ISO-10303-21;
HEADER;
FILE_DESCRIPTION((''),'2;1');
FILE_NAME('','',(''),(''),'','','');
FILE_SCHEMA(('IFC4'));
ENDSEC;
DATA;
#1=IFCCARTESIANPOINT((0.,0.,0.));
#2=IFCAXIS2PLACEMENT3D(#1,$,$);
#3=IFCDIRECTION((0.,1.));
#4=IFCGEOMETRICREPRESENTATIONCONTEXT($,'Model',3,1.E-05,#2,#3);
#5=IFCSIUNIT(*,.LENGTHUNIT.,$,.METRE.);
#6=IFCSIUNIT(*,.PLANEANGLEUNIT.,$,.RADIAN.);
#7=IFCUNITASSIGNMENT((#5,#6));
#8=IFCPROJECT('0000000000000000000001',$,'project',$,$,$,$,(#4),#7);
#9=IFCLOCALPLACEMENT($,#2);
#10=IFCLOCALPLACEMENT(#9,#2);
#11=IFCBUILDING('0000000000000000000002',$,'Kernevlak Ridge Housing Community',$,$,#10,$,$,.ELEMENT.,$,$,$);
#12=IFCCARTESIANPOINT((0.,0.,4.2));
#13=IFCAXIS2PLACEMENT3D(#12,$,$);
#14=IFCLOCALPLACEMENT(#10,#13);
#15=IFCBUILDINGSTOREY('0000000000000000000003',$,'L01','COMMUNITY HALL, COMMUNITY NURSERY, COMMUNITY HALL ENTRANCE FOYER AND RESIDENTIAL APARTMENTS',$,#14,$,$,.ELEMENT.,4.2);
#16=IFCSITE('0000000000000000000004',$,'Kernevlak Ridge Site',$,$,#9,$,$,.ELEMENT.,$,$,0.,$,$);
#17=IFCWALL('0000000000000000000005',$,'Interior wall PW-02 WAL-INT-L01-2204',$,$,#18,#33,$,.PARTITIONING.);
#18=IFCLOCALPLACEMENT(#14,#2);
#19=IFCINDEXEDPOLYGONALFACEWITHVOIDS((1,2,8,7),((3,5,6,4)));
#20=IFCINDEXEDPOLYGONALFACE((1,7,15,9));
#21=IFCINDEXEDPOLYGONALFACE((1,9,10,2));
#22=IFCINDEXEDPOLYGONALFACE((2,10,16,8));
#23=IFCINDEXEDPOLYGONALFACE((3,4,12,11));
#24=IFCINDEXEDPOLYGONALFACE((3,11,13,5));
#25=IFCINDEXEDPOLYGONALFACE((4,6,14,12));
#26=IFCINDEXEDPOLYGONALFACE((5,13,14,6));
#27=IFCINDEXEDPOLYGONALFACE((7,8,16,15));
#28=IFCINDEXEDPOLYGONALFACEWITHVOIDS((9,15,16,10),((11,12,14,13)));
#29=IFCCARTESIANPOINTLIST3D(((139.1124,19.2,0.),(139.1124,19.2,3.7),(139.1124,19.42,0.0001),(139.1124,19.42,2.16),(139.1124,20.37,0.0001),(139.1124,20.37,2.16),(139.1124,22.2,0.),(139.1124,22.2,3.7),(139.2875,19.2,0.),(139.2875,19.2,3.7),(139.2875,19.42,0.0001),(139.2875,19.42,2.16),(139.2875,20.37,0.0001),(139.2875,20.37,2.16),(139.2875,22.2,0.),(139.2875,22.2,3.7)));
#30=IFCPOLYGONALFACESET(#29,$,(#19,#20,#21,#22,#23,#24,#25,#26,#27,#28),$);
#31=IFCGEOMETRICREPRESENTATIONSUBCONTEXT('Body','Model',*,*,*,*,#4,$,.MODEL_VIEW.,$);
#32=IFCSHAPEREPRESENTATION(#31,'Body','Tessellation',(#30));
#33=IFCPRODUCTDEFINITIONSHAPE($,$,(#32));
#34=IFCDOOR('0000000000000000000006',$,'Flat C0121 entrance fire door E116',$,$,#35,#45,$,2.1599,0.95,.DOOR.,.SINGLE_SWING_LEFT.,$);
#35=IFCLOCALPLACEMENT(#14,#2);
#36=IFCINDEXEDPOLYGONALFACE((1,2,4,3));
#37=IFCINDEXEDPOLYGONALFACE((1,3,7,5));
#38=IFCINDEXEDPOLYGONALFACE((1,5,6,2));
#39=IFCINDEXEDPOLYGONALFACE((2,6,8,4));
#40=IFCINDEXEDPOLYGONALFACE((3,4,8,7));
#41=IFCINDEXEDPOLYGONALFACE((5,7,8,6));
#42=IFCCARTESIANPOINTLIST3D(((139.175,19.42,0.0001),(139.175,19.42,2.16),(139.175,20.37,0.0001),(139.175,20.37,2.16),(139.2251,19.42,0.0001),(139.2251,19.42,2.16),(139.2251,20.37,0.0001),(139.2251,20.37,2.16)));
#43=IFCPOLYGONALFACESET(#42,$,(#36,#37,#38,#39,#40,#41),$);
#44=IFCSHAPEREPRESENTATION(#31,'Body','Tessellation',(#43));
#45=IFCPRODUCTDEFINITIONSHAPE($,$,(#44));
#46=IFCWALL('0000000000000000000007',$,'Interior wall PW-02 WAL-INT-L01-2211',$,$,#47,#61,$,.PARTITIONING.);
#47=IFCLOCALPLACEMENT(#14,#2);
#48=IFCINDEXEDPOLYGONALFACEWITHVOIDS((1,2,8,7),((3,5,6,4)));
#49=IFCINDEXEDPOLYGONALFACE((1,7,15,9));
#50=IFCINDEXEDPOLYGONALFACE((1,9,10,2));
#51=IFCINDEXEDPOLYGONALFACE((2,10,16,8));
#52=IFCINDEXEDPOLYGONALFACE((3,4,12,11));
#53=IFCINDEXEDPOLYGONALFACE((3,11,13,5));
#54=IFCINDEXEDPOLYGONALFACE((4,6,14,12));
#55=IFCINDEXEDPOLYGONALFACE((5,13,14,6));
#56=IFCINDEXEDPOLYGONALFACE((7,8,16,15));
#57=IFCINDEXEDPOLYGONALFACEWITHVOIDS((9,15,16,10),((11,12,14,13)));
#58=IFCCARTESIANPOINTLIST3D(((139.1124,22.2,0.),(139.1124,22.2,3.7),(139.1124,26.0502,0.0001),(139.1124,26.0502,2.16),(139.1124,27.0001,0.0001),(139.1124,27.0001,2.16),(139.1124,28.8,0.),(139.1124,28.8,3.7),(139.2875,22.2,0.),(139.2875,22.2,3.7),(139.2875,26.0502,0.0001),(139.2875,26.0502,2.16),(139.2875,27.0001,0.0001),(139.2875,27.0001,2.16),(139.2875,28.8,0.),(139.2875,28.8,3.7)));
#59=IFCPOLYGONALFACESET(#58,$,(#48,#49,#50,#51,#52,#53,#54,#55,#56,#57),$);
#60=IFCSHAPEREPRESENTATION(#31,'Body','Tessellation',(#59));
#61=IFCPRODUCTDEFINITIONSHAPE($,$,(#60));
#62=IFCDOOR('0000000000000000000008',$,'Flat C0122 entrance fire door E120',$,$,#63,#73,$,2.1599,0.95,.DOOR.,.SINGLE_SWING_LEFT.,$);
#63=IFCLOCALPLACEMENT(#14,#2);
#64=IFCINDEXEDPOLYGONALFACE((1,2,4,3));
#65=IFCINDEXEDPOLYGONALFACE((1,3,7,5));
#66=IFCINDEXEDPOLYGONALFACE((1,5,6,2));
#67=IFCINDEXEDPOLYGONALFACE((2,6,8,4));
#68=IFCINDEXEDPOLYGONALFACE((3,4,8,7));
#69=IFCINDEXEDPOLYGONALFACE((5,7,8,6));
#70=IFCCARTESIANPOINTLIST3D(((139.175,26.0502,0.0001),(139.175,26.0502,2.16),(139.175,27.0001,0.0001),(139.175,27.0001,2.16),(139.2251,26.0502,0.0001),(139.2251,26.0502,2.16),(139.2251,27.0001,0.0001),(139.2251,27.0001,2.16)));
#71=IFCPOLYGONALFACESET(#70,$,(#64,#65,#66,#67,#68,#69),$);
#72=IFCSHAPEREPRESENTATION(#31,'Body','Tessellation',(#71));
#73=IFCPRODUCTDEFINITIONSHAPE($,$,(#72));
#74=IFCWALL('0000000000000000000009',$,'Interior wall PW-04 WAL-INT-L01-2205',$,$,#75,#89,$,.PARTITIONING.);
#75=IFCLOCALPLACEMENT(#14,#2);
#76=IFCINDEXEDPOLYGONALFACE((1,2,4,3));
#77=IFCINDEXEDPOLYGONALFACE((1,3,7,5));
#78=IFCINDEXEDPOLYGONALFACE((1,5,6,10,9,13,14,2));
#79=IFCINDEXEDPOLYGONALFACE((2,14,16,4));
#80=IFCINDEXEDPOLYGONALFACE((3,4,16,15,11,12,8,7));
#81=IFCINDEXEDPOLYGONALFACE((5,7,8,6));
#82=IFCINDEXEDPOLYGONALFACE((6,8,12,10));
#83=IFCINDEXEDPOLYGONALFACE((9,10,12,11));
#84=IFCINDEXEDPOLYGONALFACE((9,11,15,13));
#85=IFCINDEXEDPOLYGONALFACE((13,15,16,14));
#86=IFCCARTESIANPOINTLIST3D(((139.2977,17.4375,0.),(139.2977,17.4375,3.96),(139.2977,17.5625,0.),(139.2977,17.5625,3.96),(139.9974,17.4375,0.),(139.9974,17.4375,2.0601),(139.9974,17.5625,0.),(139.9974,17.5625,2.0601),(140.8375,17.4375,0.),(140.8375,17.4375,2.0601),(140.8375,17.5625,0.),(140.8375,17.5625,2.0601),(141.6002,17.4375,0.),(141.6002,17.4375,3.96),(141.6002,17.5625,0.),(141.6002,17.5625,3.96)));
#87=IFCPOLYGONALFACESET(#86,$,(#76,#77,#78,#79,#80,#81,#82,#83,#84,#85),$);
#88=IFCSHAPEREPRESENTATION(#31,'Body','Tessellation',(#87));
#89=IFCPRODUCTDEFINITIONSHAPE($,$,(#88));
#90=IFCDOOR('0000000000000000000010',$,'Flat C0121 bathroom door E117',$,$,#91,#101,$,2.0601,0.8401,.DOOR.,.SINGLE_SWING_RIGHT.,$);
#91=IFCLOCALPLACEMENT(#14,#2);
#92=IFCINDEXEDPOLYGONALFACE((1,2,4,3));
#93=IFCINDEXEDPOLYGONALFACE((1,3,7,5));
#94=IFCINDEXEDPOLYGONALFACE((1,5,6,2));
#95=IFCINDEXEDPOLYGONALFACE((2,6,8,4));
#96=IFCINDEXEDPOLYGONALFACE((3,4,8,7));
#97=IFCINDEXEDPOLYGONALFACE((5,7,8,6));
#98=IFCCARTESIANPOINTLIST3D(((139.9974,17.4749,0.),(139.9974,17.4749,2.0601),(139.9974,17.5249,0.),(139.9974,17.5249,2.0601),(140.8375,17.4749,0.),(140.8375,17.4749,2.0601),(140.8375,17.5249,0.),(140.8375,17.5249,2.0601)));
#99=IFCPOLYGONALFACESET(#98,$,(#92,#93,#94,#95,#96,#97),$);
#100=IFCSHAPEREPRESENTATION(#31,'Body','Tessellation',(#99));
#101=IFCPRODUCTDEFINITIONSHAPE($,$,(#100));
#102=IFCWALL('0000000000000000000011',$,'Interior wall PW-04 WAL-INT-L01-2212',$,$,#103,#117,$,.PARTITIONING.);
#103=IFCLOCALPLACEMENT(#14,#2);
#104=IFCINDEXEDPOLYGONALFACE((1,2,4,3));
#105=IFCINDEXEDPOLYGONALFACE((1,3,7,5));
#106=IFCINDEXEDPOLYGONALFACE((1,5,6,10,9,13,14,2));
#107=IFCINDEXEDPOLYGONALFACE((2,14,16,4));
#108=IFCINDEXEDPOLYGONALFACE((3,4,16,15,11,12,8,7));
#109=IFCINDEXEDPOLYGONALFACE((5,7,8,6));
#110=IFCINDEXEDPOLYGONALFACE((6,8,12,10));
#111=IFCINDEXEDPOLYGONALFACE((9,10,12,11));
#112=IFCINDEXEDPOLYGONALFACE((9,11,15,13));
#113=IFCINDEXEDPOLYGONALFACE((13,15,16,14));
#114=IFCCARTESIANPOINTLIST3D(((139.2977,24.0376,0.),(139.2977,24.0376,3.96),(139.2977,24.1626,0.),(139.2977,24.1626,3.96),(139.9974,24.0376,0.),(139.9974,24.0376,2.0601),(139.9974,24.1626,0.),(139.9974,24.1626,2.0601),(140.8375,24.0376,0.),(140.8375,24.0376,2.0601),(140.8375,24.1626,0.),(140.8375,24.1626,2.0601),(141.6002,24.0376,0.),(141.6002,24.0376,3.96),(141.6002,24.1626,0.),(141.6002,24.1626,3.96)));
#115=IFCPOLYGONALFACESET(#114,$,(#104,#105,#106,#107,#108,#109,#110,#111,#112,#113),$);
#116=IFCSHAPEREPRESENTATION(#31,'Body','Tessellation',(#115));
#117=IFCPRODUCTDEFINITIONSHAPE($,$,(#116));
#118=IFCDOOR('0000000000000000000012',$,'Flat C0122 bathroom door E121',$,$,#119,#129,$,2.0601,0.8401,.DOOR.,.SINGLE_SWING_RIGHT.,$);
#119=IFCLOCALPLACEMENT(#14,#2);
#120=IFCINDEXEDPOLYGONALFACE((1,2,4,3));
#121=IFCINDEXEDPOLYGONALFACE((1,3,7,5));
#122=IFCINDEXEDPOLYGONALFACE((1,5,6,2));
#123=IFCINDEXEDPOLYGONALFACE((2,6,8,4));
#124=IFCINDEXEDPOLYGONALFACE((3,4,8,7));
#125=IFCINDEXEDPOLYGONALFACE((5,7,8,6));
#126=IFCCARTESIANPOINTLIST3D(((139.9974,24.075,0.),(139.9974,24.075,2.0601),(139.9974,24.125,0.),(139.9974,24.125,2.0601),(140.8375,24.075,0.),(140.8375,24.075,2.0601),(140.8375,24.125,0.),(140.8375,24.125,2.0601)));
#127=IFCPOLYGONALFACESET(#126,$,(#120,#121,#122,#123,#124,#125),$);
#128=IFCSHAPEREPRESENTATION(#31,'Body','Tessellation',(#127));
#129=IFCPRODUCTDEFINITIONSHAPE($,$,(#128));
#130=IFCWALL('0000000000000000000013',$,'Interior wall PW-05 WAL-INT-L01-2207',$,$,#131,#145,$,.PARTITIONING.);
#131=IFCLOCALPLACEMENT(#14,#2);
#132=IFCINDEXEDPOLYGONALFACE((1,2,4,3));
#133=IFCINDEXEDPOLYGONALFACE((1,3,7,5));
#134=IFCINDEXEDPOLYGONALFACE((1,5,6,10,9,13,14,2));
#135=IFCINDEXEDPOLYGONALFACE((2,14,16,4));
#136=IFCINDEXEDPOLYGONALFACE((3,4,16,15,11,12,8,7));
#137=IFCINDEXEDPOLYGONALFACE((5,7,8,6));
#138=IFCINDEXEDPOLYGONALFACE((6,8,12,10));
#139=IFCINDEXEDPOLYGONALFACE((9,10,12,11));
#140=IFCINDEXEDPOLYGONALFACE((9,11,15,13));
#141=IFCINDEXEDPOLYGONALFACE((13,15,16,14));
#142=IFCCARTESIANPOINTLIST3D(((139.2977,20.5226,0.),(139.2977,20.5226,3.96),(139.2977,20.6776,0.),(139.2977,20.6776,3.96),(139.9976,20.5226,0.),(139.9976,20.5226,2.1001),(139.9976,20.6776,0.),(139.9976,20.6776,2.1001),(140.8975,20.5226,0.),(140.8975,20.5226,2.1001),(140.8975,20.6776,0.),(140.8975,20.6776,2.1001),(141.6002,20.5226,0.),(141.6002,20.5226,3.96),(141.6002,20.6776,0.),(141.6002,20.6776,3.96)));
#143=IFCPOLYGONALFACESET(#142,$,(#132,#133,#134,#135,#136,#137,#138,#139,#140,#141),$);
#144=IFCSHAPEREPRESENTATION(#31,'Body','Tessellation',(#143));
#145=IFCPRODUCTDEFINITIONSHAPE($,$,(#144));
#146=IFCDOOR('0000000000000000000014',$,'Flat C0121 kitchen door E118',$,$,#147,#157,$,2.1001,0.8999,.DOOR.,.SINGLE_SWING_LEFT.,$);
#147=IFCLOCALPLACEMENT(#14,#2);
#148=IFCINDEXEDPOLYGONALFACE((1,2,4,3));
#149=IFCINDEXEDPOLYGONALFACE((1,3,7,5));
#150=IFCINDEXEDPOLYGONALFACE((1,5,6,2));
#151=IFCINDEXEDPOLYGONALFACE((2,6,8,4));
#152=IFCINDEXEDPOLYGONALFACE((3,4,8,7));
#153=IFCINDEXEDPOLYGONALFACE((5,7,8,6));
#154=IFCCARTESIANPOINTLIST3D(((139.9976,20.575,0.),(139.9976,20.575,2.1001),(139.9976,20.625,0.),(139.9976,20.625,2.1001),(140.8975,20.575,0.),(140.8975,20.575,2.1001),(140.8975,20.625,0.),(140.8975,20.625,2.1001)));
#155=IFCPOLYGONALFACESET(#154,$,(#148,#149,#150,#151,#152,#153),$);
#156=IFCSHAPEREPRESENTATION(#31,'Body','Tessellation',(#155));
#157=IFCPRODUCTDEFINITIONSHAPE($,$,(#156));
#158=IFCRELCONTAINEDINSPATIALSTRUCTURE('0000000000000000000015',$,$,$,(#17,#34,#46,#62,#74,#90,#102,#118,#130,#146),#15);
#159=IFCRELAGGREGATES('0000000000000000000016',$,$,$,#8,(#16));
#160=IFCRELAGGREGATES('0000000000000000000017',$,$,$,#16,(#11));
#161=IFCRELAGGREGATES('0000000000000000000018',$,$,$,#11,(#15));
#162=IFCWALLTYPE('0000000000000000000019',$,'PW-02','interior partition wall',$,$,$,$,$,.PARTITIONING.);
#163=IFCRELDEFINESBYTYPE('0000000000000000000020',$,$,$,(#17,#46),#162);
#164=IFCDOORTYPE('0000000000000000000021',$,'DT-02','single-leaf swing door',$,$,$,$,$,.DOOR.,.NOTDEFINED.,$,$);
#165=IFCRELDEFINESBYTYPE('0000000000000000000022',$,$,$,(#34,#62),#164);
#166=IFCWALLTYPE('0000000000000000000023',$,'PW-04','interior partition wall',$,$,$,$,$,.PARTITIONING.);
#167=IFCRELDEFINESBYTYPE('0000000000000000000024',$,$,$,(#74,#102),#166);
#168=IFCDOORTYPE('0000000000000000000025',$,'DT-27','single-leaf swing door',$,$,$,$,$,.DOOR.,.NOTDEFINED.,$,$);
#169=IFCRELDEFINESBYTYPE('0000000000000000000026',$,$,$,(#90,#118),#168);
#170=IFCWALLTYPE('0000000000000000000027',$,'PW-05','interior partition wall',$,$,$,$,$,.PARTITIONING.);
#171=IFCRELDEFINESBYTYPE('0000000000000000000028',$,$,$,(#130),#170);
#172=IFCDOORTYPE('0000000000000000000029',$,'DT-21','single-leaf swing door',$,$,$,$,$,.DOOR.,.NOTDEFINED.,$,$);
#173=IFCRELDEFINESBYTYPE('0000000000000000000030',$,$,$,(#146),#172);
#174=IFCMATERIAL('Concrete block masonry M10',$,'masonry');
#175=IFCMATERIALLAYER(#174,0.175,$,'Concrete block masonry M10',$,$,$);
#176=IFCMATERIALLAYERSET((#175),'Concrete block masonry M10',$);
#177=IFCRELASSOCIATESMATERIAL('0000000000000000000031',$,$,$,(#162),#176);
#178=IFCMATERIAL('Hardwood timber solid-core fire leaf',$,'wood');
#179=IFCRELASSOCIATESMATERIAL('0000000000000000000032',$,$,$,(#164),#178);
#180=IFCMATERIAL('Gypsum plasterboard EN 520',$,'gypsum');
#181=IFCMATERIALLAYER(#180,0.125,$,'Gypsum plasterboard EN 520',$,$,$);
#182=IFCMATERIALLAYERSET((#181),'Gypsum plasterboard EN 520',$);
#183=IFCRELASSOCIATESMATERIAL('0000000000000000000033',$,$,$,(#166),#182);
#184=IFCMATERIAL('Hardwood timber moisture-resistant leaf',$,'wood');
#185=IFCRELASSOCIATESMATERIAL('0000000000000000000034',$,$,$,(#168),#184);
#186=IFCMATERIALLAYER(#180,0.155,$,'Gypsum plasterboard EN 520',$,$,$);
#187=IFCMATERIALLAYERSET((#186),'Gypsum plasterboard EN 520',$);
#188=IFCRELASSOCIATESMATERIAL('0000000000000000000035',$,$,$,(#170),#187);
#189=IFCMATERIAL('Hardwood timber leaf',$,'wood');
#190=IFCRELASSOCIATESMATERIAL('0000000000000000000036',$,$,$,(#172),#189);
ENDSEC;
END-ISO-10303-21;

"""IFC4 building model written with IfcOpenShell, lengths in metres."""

from ifc_helpers import new_model, si_unit, direction, frame, frame_2d, origin, place, context, subcontext, project, spatial, rectangle, extrude, material, layer, layer_set, type_object, element, fill, save


model = new_model("IFC4")

# Units and contexts
model_context = context("Model", 3, precision=1e-05, world=origin(), true_north=direction((0.0, 1.0)))
body_context = subcontext(model_context, "Body", "Model", "MODEL_VIEW")
ifc_project = project(units=[si_unit("LENGTHUNIT", "METRE"), si_unit("PLANEANGLEUNIT", "RADIAN")], contexts=[model_context])

# Site, building, storey
site_placement = place(None, origin())
site = spatial("IfcSite", under=ifc_project, at=site_placement, Name="Kernevlak Ridge Site", CompositionType="ELEMENT", RefElevation=0.0)
building_placement = place(site_placement, origin())
building = spatial("IfcBuilding", under=site, at=building_placement, Name="Kernevlak Ridge Housing Community", CompositionType="ELEMENT")
storey_placement = place(building_placement, frame((0.0, 0.0, 4.2)))
storey = spatial("IfcBuildingStorey", under=building, at=storey_placement, Name="L01", Description="COMMUNITY HALL, COMMUNITY NURSERY, COMMUNITY HALL ENTRANCE FOYER AND RESIDENTIAL APARTMENTS", CompositionType="ELEMENT", Elevation=4.2)

# Shared definitions
ifc_material_1 = material(Name="Concrete block masonry M10", Category="masonry")
ifc_layer_1 = layer(ifc_material_1, 0.175, Name="Concrete block masonry M10")
ifc_layer_set_1 = layer_set([ifc_layer_1], Name="Concrete block masonry M10")
wall_type_1 = type_object("IfcWallType", Name="PW-02", Description="interior partition wall", PredefinedType="PARTITIONING", material=ifc_layer_set_1)

# Walls, openings, doors
wall_1_placement = place(storey_placement, frame((139.2, 19.2, 0.0), z_axis=(0.0, 0.0, 1.0), x_axis=(0.0, 1.0, 0.0)))
wall_1 = element("IfcWall", 1, at=wall_1_placement, inside=storey, type_object=wall_type_1, Name="Interior wall PW-02 WAL-INT-L01-2204", PredefinedType="PARTITIONING", context=body_context, shape_type="SweptSolid", body=[
    extrude(rectangle(XDim=3.0, YDim=0.175, at=frame_2d((1.5, 0.0))), origin(), (0.0, 0.0, 1.0), 3.7),
])
opening_1_placement = place(wall_1_placement, frame((0.22, 0.0, 0.0)))
opening_1 = element("IfcOpeningElement", 2, at=opening_1_placement, cuts=wall_1, PredefinedType="OPENING", context=body_context, shape_type="SweptSolid", body=[
    extrude(rectangle(XDim=0.95, YDim=2.1599, at=frame_2d((0.4751, 1.0801))), frame((0.0, 0.0974, 0.0), z_axis=(0.0, -1.0, 0.0), x_axis=(1.0, 0.0, 0.0)), (0.0, 0.0, 1.0), 0.1951),
])
ifc_material_2 = material(Name="Hardwood timber solid-core fire leaf", Category="wood")
door_type_1 = type_object("IfcDoorType", Name="DT-02", Description="single-leaf swing door", OperationType="NOTDEFINED", PredefinedType="DOOR", material=ifc_material_2)
door_1_placement = place(opening_1_placement, origin())
door_1 = element("IfcDoor", 3, at=door_1_placement, inside=storey, type_object=door_type_1, Name="Flat C0121 entrance fire door E116", OperationType="SINGLE_SWING_LEFT", OverallHeight=2.1599, OverallWidth=0.95, PredefinedType="DOOR", context=body_context, shape_type="SweptSolid", body=[
    extrude(rectangle(XDim=0.95, YDim=2.1599, at=frame_2d((0.4751, 1.0801))), frame((0.0, 0.0249, 0.0), z_axis=(0.0, -1.0, 0.0), x_axis=(1.0, 0.0, 0.0)), (0.0, 0.0, 1.0), 0.05),
])
fill(opening_1, door_1)
wall_2_placement = place(storey_placement, frame((139.2, 22.2, 0.0), z_axis=(0.0, 0.0, 1.0), x_axis=(0.0, 1.0, 0.0)))
wall_2 = element("IfcWall", 4, at=wall_2_placement, inside=storey, type_object=wall_type_1, Name="Interior wall PW-02 WAL-INT-L01-2211", PredefinedType="PARTITIONING", context=body_context, shape_type="SweptSolid", body=[
    extrude(rectangle(XDim=6.6001, YDim=0.175, at=frame_2d((3.3, 0.0))), origin(), (0.0, 0.0, 1.0), 3.7),
])
opening_2_placement = place(wall_2_placement, frame((3.8501, 0.0, 0.0)))
opening_2 = element("IfcOpeningElement", 5, at=opening_2_placement, cuts=wall_2, PredefinedType="OPENING", context=body_context, shape_type="SweptSolid", body=[
    extrude(rectangle(XDim=0.95, YDim=2.1599, at=frame_2d((0.4751, 1.0801))), frame((0.0, 0.0974, 0.0), z_axis=(0.0, -1.0, 0.0), x_axis=(1.0, 0.0, 0.0)), (0.0, 0.0, 1.0), 0.1951),
])
door_2_placement = place(opening_2_placement, origin())
door_2 = element("IfcDoor", 6, at=door_2_placement, inside=storey, type_object=door_type_1, Name="Flat C0122 entrance fire door E120", OperationType="SINGLE_SWING_LEFT", OverallHeight=2.1599, OverallWidth=0.95, PredefinedType="DOOR", context=body_context, shape_type="SweptSolid", body=[
    extrude(rectangle(XDim=0.95, YDim=2.1599, at=frame_2d((0.4751, 1.0801))), frame((0.0, 0.0249, 0.0), z_axis=(0.0, -1.0, 0.0), x_axis=(1.0, 0.0, 0.0)), (0.0, 0.0, 1.0), 0.05),
])
fill(opening_2, door_2)
ifc_material_3 = material(Name="Gypsum plasterboard EN 520", Category="gypsum")
ifc_layer_2 = layer(ifc_material_3, 0.125, Name="Gypsum plasterboard EN 520")
ifc_layer_set_2 = layer_set([ifc_layer_2], Name="Gypsum plasterboard EN 520")
wall_type_2 = type_object("IfcWallType", Name="PW-04", Description="interior partition wall", PredefinedType="PARTITIONING", material=ifc_layer_set_2)
wall_3_placement = place(storey_placement, frame((139.2976, 17.5, 0.0), z_axis=(0.0, 0.0, 1.0), x_axis=(1.0, 0.0, 0.0)))
wall_3 = element("IfcWall", 7, at=wall_3_placement, inside=storey, type_object=wall_type_2, Name="Interior wall PW-04 WAL-INT-L01-2205", PredefinedType="PARTITIONING", context=body_context, shape_type="SweptSolid", body=[
    extrude(rectangle(XDim=2.3025, YDim=0.125, at=frame_2d((1.1514, 0.0))), origin(), (0.0, 0.0, 1.0), 3.96),
])
opening_3_placement = place(wall_3_placement, frame((0.7, 0.0, 0.0)))
opening_3 = element("IfcOpeningElement", 8, at=opening_3_placement, cuts=wall_3, PredefinedType="OPENING", context=body_context, shape_type="SweptSolid", body=[
    extrude(rectangle(XDim=0.8401, YDim=2.0601, at=frame_2d((0.4199, 1.03))), frame((0.0, 0.0725, 0.0), z_axis=(0.0, -1.0, 0.0), x_axis=(1.0, 0.0, 0.0)), (0.0, 0.0, 1.0), 0.145),
])
ifc_material_4 = material(Name="Hardwood timber moisture-resistant leaf", Category="wood")
door_type_2 = type_object("IfcDoorType", Name="DT-27", Description="single-leaf swing door", OperationType="NOTDEFINED", PredefinedType="DOOR", material=ifc_material_4)
door_3_placement = place(opening_3_placement, origin())
door_3 = element("IfcDoor", 9, at=door_3_placement, inside=storey, type_object=door_type_2, Name="Flat C0121 bathroom door E117", OperationType="SINGLE_SWING_RIGHT", OverallHeight=2.0601, OverallWidth=0.8401, PredefinedType="DOOR", context=body_context, shape_type="SweptSolid", body=[
    extrude(rectangle(XDim=0.8401, YDim=2.0601, at=frame_2d((0.4199, 1.03))), frame((0.0, 0.0249, 0.0), z_axis=(0.0, -1.0, 0.0), x_axis=(1.0, 0.0, 0.0)), (0.0, 0.0, 1.0), 0.05),
])
fill(opening_3, door_3)
wall_4_placement = place(storey_placement, frame((139.2976, 24.1001, 0.0), z_axis=(0.0, 0.0, 1.0), x_axis=(1.0, 0.0, 0.0)))
wall_4 = element("IfcWall", 10, at=wall_4_placement, inside=storey, type_object=wall_type_2, Name="Interior wall PW-04 WAL-INT-L01-2212", PredefinedType="PARTITIONING", context=body_context, shape_type="SweptSolid", body=[
    extrude(rectangle(XDim=2.3025, YDim=0.125, at=frame_2d((1.1514, 0.0))), origin(), (0.0, 0.0, 1.0), 3.96),
])
opening_4_placement = place(wall_4_placement, frame((0.7, 0.0, 0.0)))
opening_4 = element("IfcOpeningElement", 11, at=opening_4_placement, cuts=wall_4, PredefinedType="OPENING", context=body_context, shape_type="SweptSolid", body=[
    extrude(rectangle(XDim=0.8401, YDim=2.0601, at=frame_2d((0.4199, 1.03))), frame((0.0, 0.0725, 0.0), z_axis=(0.0, -1.0, 0.0), x_axis=(1.0, 0.0, 0.0)), (0.0, 0.0, 1.0), 0.145),
])
door_4_placement = place(opening_4_placement, origin())
door_4 = element("IfcDoor", 12, at=door_4_placement, inside=storey, type_object=door_type_2, Name="Flat C0122 bathroom door E121", OperationType="SINGLE_SWING_RIGHT", OverallHeight=2.0601, OverallWidth=0.8401, PredefinedType="DOOR", context=body_context, shape_type="SweptSolid", body=[
    extrude(rectangle(XDim=0.8401, YDim=2.0601, at=frame_2d((0.4199, 1.03))), frame((0.0, 0.0249, 0.0), z_axis=(0.0, -1.0, 0.0), x_axis=(1.0, 0.0, 0.0)), (0.0, 0.0, 1.0), 0.05),
])
fill(opening_4, door_4)
ifc_layer_3 = layer(ifc_material_3, 0.155, Name="Gypsum plasterboard EN 520")
ifc_layer_set_3 = layer_set([ifc_layer_3], Name="Gypsum plasterboard EN 520")
wall_type_3 = type_object("IfcWallType", Name="PW-05", Description="interior partition wall", PredefinedType="PARTITIONING", material=ifc_layer_set_3)
wall_5_placement = place(storey_placement, frame((139.2976, 20.6001, 0.0), z_axis=(0.0, 0.0, 1.0), x_axis=(1.0, 0.0, 0.0)))
wall_5 = element("IfcWall", 13, at=wall_5_placement, inside=storey, type_object=wall_type_3, Name="Interior wall PW-05 WAL-INT-L01-2207", PredefinedType="PARTITIONING", context=body_context, shape_type="SweptSolid", body=[
    extrude(rectangle(XDim=2.3025, YDim=0.155, at=frame_2d((1.1514, 0.0))), origin(), (0.0, 0.0, 1.0), 3.96),
])
opening_5_placement = place(wall_5_placement, frame((0.7, 0.0, 0.0)))
opening_5 = element("IfcOpeningElement", 14, at=opening_5_placement, cuts=wall_5, PredefinedType="OPENING", context=body_context, shape_type="SweptSolid", body=[
    extrude(rectangle(XDim=0.8999, YDim=2.1001, at=frame_2d((0.45, 1.05))), frame((0.0, 0.0874, 0.0), z_axis=(0.0, -1.0, 0.0), x_axis=(1.0, 0.0, 0.0)), (0.0, 0.0, 1.0), 0.175),
])
ifc_material_5 = material(Name="Hardwood timber leaf", Category="wood")
door_type_3 = type_object("IfcDoorType", Name="DT-21", Description="single-leaf swing door", OperationType="NOTDEFINED", PredefinedType="DOOR", material=ifc_material_5)
door_5_placement = place(opening_5_placement, origin())
door_5 = element("IfcDoor", 15, at=door_5_placement, inside=storey, type_object=door_type_3, Name="Flat C0121 kitchen door E118", OperationType="SINGLE_SWING_LEFT", OverallHeight=2.1001, OverallWidth=0.8999, PredefinedType="DOOR", context=body_context, shape_type="SweptSolid", body=[
    extrude(rectangle(XDim=0.8999, YDim=2.1001, at=frame_2d((0.45, 1.05))), frame((0.0, 0.0249, 0.0), z_axis=(0.0, -1.0, 0.0), x_axis=(1.0, 0.0, 0.0)), (0.0, 0.0, 1.0), 0.05),
])
fill(opening_5, door_5)

save(model, "model.ifc")
